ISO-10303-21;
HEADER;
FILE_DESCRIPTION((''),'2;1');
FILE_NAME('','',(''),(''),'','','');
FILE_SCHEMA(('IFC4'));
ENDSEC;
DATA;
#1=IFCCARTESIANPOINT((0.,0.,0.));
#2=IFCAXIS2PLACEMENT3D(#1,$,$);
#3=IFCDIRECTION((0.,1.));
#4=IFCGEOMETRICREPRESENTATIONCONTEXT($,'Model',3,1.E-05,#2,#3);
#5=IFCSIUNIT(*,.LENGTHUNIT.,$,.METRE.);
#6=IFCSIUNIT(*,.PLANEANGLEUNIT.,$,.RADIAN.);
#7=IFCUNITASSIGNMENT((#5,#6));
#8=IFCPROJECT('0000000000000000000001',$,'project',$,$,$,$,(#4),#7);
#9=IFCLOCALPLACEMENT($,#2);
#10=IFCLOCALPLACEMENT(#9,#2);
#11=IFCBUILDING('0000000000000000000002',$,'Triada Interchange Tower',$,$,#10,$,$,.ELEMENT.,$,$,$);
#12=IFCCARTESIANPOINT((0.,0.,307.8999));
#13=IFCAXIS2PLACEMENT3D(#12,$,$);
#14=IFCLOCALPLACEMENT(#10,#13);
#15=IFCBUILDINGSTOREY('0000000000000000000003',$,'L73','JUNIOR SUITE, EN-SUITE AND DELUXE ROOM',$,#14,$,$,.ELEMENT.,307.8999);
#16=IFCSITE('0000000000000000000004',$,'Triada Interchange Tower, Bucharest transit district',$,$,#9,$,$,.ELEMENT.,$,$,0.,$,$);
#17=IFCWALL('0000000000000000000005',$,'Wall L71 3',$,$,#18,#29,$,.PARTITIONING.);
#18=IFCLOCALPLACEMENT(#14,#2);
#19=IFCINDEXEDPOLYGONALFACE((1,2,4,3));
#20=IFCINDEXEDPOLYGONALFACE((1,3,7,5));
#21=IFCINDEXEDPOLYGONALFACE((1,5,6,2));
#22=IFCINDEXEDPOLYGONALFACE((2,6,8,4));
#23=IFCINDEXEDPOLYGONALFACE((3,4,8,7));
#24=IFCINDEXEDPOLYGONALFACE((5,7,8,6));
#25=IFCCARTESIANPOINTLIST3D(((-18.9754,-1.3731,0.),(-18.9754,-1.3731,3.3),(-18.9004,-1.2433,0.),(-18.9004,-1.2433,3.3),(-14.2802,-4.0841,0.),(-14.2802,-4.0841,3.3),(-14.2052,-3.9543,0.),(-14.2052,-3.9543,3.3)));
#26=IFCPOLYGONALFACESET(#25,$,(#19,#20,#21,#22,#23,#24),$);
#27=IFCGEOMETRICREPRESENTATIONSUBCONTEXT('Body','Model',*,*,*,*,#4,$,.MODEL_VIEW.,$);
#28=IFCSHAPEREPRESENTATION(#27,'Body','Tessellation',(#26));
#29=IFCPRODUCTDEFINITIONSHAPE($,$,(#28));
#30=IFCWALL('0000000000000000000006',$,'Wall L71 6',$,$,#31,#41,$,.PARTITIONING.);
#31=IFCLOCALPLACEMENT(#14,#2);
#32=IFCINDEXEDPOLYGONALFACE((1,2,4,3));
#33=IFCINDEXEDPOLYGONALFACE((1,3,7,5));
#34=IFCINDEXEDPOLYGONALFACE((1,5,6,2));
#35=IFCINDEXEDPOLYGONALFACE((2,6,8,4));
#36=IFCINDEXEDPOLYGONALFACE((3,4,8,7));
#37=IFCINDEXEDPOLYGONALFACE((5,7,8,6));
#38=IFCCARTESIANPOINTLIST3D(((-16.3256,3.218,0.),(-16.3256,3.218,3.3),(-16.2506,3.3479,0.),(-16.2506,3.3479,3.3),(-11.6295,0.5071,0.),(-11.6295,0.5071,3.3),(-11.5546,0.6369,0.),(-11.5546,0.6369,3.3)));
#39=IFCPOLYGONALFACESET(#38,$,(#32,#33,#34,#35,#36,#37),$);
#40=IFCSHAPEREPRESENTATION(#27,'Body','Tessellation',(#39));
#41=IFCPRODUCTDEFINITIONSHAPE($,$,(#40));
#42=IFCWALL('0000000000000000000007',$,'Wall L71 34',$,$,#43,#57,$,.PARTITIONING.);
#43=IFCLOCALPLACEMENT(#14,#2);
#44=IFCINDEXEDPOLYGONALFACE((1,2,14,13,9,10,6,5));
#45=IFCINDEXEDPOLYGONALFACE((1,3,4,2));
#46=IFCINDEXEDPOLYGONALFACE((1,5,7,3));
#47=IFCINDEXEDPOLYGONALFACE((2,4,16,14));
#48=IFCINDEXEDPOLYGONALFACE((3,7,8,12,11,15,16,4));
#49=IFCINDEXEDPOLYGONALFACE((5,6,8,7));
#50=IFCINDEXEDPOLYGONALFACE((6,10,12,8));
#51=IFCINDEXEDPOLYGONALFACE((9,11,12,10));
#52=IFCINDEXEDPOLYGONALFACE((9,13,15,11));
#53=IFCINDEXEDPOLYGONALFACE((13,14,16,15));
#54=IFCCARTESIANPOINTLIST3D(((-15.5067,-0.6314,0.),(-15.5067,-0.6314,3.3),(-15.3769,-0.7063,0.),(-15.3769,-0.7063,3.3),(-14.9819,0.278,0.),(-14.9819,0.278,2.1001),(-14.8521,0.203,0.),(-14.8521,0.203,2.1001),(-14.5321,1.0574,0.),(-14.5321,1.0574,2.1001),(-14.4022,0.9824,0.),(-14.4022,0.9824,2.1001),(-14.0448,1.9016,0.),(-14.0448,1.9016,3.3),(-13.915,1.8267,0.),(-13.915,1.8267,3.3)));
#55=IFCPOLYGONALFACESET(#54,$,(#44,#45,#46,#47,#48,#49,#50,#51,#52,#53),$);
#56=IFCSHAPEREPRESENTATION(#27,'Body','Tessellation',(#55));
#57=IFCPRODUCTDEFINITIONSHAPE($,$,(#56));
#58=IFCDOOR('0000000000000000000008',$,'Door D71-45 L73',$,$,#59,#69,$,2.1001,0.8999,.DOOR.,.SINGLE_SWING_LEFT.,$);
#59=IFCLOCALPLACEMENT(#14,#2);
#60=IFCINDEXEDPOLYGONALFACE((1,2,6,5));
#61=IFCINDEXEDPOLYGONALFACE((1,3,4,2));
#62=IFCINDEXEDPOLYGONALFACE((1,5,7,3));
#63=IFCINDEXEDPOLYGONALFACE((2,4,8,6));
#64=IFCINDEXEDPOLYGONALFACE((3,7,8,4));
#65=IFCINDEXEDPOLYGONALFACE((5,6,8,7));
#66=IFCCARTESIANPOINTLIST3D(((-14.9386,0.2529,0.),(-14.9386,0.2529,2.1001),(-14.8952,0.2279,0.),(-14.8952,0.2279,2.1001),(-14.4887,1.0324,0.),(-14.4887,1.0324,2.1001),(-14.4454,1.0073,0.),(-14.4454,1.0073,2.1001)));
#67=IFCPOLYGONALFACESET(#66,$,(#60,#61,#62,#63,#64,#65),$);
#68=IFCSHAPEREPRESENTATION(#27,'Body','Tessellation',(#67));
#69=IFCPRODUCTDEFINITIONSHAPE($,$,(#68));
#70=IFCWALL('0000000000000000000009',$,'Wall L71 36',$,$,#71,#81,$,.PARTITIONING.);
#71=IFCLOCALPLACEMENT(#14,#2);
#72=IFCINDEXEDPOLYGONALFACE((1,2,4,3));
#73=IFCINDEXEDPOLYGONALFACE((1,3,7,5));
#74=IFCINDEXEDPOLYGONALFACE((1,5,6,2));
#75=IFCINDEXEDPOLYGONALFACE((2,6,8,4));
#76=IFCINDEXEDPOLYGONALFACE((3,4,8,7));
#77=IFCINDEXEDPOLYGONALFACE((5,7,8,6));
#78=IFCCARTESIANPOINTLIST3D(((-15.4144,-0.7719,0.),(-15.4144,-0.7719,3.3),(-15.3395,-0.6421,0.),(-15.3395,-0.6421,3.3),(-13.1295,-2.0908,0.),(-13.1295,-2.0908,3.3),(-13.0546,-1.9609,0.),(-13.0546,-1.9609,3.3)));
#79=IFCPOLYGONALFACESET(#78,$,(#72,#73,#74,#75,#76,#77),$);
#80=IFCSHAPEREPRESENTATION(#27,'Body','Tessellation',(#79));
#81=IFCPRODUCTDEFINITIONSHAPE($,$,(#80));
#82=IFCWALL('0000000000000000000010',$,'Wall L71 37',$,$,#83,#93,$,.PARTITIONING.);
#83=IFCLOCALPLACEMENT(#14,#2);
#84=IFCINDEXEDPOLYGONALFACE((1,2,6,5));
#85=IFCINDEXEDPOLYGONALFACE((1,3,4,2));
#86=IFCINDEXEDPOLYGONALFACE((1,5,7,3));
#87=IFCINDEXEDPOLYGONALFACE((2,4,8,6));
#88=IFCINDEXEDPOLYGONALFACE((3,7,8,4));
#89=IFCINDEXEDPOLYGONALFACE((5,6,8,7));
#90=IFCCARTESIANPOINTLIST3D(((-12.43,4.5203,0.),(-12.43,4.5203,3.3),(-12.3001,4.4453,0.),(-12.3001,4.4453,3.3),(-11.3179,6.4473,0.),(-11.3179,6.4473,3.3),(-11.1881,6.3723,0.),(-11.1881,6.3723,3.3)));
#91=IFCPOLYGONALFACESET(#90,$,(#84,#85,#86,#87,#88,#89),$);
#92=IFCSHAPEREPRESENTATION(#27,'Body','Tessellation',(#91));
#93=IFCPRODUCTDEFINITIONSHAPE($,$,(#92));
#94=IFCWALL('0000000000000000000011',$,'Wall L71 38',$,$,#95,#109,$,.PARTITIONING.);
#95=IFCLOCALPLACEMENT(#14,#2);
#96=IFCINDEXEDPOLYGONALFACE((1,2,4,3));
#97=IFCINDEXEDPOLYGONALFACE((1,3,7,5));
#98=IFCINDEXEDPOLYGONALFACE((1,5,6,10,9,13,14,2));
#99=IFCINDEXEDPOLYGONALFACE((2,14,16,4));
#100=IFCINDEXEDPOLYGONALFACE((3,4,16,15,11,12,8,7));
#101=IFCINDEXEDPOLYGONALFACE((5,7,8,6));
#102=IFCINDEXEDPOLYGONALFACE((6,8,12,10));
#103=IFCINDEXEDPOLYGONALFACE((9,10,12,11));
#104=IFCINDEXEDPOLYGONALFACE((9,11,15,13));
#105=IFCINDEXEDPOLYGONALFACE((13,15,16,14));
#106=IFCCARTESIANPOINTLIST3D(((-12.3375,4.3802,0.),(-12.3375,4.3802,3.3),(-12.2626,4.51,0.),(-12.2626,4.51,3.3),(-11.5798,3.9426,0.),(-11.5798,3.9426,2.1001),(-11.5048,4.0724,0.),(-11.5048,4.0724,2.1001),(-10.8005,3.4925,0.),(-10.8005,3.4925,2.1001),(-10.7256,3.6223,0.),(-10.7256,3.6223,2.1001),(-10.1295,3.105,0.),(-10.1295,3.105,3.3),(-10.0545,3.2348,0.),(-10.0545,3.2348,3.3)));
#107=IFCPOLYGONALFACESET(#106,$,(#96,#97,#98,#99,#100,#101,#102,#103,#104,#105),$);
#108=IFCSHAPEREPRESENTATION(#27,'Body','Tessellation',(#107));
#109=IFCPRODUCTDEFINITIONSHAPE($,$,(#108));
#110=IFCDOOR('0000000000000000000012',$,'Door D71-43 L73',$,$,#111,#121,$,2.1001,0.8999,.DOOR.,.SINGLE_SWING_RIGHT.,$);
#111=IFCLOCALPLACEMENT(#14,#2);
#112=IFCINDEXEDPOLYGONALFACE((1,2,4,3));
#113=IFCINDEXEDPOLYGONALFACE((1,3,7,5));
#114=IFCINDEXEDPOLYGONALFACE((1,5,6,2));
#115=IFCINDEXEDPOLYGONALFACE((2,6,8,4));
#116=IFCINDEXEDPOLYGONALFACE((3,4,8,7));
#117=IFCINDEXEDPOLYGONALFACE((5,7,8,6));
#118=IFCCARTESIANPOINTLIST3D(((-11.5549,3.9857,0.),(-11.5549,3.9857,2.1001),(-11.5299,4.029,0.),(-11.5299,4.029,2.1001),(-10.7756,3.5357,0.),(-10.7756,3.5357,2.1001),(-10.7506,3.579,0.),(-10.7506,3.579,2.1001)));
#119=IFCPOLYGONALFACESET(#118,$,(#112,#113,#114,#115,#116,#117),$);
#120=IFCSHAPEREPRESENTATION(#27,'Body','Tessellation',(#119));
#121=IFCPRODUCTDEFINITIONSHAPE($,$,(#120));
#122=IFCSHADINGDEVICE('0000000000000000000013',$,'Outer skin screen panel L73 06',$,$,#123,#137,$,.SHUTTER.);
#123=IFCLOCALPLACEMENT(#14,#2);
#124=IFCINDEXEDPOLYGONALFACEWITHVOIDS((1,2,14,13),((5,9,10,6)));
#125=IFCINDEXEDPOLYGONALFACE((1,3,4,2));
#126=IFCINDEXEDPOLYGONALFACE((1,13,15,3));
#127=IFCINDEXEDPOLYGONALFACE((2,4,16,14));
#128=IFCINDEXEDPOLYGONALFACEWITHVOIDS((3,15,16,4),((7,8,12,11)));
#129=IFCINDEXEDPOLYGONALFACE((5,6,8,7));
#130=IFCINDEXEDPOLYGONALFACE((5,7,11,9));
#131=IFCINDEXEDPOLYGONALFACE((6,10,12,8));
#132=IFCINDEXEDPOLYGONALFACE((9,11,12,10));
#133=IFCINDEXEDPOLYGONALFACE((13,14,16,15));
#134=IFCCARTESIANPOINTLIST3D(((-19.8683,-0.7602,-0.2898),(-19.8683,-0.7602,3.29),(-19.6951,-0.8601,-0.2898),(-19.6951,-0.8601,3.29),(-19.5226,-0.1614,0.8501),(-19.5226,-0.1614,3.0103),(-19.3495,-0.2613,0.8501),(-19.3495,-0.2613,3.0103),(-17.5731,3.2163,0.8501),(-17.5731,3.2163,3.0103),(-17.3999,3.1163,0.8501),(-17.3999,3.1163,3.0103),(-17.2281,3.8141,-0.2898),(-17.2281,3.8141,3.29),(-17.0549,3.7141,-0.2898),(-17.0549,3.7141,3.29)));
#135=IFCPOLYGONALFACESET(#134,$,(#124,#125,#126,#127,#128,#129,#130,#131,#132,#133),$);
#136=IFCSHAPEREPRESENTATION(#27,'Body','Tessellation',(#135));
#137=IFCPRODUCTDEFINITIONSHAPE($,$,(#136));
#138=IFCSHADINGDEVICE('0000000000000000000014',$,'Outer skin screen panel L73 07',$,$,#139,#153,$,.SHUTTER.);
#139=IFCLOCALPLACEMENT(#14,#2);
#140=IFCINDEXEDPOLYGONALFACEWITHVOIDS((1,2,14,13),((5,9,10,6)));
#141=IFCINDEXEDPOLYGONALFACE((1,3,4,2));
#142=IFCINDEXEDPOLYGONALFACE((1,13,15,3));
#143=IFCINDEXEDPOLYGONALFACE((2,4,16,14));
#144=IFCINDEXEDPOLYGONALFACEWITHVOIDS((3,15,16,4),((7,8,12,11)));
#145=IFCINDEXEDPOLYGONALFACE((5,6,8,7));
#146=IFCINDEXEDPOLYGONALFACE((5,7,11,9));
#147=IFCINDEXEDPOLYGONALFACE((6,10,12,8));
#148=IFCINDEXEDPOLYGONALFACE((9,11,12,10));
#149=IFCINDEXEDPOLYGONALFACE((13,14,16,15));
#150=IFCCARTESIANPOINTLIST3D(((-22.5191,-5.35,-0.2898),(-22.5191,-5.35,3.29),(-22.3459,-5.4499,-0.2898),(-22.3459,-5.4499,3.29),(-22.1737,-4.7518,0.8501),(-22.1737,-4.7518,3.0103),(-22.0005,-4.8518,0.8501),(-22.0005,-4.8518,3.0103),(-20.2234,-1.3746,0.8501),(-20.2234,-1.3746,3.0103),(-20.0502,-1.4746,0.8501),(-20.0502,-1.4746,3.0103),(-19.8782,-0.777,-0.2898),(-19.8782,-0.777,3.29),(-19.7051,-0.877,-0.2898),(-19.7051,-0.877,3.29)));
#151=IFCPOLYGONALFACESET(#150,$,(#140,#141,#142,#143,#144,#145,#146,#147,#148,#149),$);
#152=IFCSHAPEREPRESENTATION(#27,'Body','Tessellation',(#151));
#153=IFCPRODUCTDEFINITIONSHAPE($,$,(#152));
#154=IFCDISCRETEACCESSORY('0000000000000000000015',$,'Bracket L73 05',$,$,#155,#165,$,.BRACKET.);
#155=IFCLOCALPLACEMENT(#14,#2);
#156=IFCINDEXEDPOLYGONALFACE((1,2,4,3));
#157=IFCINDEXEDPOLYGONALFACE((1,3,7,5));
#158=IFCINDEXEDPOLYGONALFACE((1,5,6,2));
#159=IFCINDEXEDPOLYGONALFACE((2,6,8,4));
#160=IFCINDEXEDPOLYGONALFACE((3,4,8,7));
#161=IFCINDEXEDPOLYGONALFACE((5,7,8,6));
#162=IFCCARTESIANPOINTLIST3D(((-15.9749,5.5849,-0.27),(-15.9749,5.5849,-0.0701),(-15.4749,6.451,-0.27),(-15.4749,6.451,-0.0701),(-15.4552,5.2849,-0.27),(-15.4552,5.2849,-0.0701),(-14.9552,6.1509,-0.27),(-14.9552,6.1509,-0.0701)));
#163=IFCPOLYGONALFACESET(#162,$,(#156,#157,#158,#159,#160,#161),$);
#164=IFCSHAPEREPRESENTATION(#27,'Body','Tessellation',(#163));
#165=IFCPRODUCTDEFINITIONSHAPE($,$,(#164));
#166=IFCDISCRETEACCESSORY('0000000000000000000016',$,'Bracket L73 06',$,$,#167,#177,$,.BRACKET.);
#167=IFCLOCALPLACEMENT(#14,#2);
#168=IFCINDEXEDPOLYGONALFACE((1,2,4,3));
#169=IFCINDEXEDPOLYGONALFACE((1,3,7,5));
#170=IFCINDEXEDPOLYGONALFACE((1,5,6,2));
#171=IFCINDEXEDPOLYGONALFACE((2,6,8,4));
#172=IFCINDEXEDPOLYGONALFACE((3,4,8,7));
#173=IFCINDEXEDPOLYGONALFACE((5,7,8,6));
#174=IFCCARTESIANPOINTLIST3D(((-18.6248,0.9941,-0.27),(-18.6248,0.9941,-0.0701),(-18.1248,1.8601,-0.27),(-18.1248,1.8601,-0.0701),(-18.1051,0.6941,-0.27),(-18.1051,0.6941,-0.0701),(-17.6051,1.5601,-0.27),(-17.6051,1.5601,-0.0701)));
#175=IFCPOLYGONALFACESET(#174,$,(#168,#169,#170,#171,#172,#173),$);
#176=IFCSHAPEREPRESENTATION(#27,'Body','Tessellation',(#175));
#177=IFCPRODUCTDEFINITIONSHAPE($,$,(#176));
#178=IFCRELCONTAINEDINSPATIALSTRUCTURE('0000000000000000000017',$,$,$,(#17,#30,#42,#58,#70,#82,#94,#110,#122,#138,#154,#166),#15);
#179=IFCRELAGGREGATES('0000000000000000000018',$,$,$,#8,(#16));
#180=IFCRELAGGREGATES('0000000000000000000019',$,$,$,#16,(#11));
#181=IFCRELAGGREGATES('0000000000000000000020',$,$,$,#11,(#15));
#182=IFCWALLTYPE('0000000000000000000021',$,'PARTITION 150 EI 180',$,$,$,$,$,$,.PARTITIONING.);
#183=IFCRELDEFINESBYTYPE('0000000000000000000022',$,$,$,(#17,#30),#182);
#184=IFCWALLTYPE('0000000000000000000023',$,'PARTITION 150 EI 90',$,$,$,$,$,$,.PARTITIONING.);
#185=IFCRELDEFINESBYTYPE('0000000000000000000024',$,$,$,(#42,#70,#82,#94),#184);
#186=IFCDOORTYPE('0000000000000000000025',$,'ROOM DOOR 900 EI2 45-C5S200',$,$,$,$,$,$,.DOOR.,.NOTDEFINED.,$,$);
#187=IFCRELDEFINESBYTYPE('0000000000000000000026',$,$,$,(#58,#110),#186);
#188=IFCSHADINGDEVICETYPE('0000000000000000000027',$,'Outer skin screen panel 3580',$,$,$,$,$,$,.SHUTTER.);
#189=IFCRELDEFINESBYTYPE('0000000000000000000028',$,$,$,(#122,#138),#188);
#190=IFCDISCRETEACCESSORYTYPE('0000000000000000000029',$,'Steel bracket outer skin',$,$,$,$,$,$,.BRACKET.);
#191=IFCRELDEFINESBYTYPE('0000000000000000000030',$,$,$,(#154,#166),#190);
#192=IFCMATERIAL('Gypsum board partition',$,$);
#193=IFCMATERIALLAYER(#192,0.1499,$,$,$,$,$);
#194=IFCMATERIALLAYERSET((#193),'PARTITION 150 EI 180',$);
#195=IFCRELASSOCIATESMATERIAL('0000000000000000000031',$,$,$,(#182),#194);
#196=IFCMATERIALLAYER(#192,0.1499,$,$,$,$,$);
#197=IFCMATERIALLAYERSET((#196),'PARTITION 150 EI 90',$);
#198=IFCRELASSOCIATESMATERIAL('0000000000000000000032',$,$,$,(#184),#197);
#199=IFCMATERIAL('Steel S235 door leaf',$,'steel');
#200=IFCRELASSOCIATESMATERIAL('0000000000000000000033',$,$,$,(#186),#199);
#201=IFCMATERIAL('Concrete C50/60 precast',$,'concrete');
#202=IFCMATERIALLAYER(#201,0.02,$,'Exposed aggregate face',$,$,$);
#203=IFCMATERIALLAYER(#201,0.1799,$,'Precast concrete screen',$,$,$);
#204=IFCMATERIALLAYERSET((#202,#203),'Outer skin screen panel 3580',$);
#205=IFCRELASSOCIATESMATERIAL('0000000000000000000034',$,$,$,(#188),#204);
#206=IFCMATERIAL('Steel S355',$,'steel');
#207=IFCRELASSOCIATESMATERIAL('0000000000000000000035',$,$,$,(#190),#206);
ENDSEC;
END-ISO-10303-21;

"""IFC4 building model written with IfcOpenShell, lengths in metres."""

from ifc_helpers import new_model, si_unit, direction, frame, frame_2d, origin, origin_2d, place, context, subcontext, project, spatial, polyline, rectangle, outline, extrude, material, layer, layer_set, type_object, element, fill, save


model = new_model("IFC4")

# Units and contexts
model_context = context("Model", 3, precision=1e-05, world=origin(), true_north=direction((0.0, 1.0)))
body_context = subcontext(model_context, "Body", "Model", "MODEL_VIEW")
ifc_project = project(units=[si_unit("LENGTHUNIT", "METRE"), si_unit("PLANEANGLEUNIT", "RADIAN")], contexts=[model_context])

# Site, building, storey
site_placement = place(None, origin())
site = spatial("IfcSite", under=ifc_project, at=site_placement, Name="Triada Interchange Tower, Bucharest transit district", CompositionType="ELEMENT", RefElevation=0.0)
building_placement = place(site_placement, origin())
building = spatial("IfcBuilding", under=site, at=building_placement, Name="Triada Interchange Tower", CompositionType="ELEMENT")
storey_placement = place(building_placement, frame((0.0, 0.0, 307.8999)))
storey = spatial("IfcBuildingStorey", under=building, at=storey_placement, Name="L73", Description="JUNIOR SUITE, EN-SUITE AND DELUXE ROOM", CompositionType="ELEMENT", Elevation=307.8999)

# Shared definitions
ifc_material_1 = material(Name="Steel S235 door leaf", Category="steel")

# Walls
ifc_material_2 = material(Name="Gypsum board partition")
ifc_layer_1 = layer(ifc_material_2, 0.1499)
ifc_layer_set_1 = layer_set([ifc_layer_1], Name="PARTITION 150 EI 180")
wall_type_1 = type_object("IfcWallType", Name="PARTITION 150 EI 180", PredefinedType="PARTITIONING", material=ifc_layer_set_1)
wall_1_placement = place(storey_placement, frame((-18.938, -1.3081, 0.0), z_axis=(0.0, 0.0, 1.0), x_axis=(0.866006, -0.500033, 0.0)))
element("IfcWall", 1, at=wall_1_placement, inside=storey, type_object=wall_type_1, Name="Wall L71 3", PredefinedType="PARTITIONING", context=body_context, shape_type="SweptSolid", body=[
    extrude(rectangle(XDim=5.4216, YDim=0.1499, at=frame_2d((2.7109, 0.0))), origin(), (0.0, 0.0, 1.0), 3.3),
])
wall_2_placement = place(storey_placement, frame((-16.2881, 3.283, 0.0), z_axis=(0.0, 0.0, 1.0), x_axis=(0.866051, -0.499955, 0.0)))
element("IfcWall", 2, at=wall_2_placement, inside=storey, type_object=wall_type_1, Name="Wall L71 6", PredefinedType="PARTITIONING", context=body_context, shape_type="SweptSolid", body=[
    extrude(rectangle(XDim=5.4224, YDim=0.1499, at=frame_2d((2.7112, 0.0))), origin(), (0.0, 0.0, 1.0), 3.3),
])

# Wall, opening, door
ifc_layer_2 = layer(ifc_material_2, 0.1499)
ifc_layer_set_2 = layer_set([ifc_layer_2], Name="PARTITION 150 EI 90")
wall_type_2 = type_object("IfcWallType", Name="PARTITION 150 EI 90", PredefinedType="PARTITIONING", material=ifc_layer_set_2)
wall_3_placement = place(storey_placement, frame((-15.4419, -0.6689, 0.0), z_axis=(0.0, 0.0, 1.0), x_axis=(0.499874, 0.866098, 0.0)))
wall_3 = element("IfcWall", 3, at=wall_3_placement, inside=storey, type_object=wall_type_2, Name="Wall L71 34", PredefinedType="PARTITIONING", context=body_context, shape_type="SweptSolid", body=[
    extrude(rectangle(XDim=2.9246, YDim=0.1499, at=frame_2d((1.4624, 0.0))), origin(), (0.0, 0.0, 1.0), 3.3),
])
opening_1_placement = place(wall_3_placement, frame((1.05, 0.0, 0.0)))
opening_1 = element("IfcOpeningElement", 4, at=opening_1_placement, cuts=wall_3, PredefinedType="OPENING", context=body_context, shape_type="SweptSolid", body=[
    extrude(rectangle(XDim=0.8999, YDim=2.1001, at=frame_2d((0.45, 1.05))), frame((0.0, 0.085, 0.0), z_axis=(0.0, -1.0, 0.0), x_axis=(1.0, 0.0, 0.0)), (0.0, 0.0, 1.0), 0.1699),
])
door_type_1 = type_object("IfcDoorType", Name="ROOM DOOR 900 EI2 45-C5S200", OperationType="NOTDEFINED", PredefinedType="DOOR", material=ifc_material_1)
door_1_placement = place(opening_1_placement, origin())
door_1 = element("IfcDoor", 5, at=door_1_placement, inside=storey, type_object=door_type_1, Name="Door D71-45 L73", OperationType="SINGLE_SWING_LEFT", OverallHeight=2.1001, OverallWidth=0.8999, PredefinedType="DOOR", context=body_context, shape_type="SweptSolid", body=[
    extrude(rectangle(XDim=0.8999, YDim=2.1001, at=frame_2d((0.45, 1.05))), frame((0.0, 0.0249, 0.0), z_axis=(0.0, -1.0, 0.0), x_axis=(1.0, 0.0, 0.0)), (0.0, 0.0, 1.0), 0.05),
])
fill(opening_1, door_1)

# Walls
wall_4_placement = place(storey_placement, frame((-15.377, -0.707, 0.0), z_axis=(0.0, 0.0, 1.0), x_axis=(0.866082, -0.499901, 0.0)))
element("IfcWall", 6, at=wall_4_placement, inside=storey, type_object=wall_type_2, Name="Wall L71 36", PredefinedType="PARTITIONING", context=body_context, shape_type="SweptSolid", body=[
    extrude(rectangle(XDim=2.6382, YDim=0.1499, at=frame_2d((1.3191, 0.0))), origin(), (0.0, 0.0, 1.0), 3.3),
])
wall_5_placement = place(storey_placement, frame((-12.365, 4.4829, 0.0), z_axis=(0.0, 0.0, 1.0), x_axis=(0.499833, 0.866122, 0.0)))
element("IfcWall", 7, at=wall_5_placement, inside=storey, type_object=wall_type_2, Name="Wall L71 37", PredefinedType="PARTITIONING", context=body_context, shape_type="SweptSolid", body=[
    extrude(rectangle(XDim=2.2249, YDim=0.1499, at=frame_2d((1.1123, 0.0))), origin(), (0.0, 0.0, 1.0), 3.3),
])

# Wall, opening, door
wall_6_placement = place(storey_placement, frame((-12.3, 4.4451, 0.0), z_axis=(0.0, 0.0, 1.0), x_axis=(0.865966, -0.500104, 0.0)))
wall_6 = element("IfcWall", 8, at=wall_6_placement, inside=storey, type_object=wall_type_2, Name="Wall L71 38", PredefinedType="PARTITIONING", context=body_context, shape_type="SweptSolid", body=[
    extrude(rectangle(XDim=2.5498, YDim=0.1499, at=frame_2d((1.2749, 0.0))), origin(), (0.0, 0.0, 1.0), 3.3),
])
opening_2_placement = place(wall_6_placement, frame((0.875, 0.0, 0.0)))
opening_2 = element("IfcOpeningElement", 9, at=opening_2_placement, cuts=wall_6, PredefinedType="OPENING", context=body_context, shape_type="SweptSolid", body=[
    extrude(rectangle(XDim=0.8999, YDim=2.1001, at=frame_2d((0.45, 1.05))), frame((0.0, 0.085, 0.0), z_axis=(0.0, -1.0, 0.0), x_axis=(1.0, 0.0, 0.0)), (0.0, 0.0, 1.0), 0.1699),
])
door_2_placement = place(opening_2_placement, origin())
door_2 = element("IfcDoor", 10, at=door_2_placement, inside=storey, type_object=door_type_1, Name="Door D71-43 L73", OperationType="SINGLE_SWING_RIGHT", OverallHeight=2.1001, OverallWidth=0.8999, PredefinedType="DOOR", context=body_context, shape_type="SweptSolid", body=[
    extrude(rectangle(XDim=0.8999, YDim=2.1001, at=frame_2d((0.45, 1.05))), frame((0.0, 0.0249, 0.0), z_axis=(0.0, -1.0, 0.0), x_axis=(1.0, 0.0, 0.0)), (0.0, 0.0, 1.0), 0.05),
])
fill(opening_2, door_2)

# Shading devices
ifc_material_3 = material(Name="Concrete C50/60 precast", Category="concrete")
ifc_layer_3 = layer(ifc_material_3, 0.02, Name="Exposed aggregate face")
ifc_layer_4 = layer(ifc_material_3, 0.1799, Name="Precast concrete screen")
ifc_layer_set_3 = layer_set([ifc_layer_3, ifc_layer_4], Name="Outer skin screen panel 3580")
shading_device_type = type_object("IfcShadingDeviceType", Name="Outer skin screen panel 3580", PredefinedType="SHUTTER", material=ifc_layer_set_3)
shading_device_1_placement = place(storey_placement, frame((-17.0549, 3.7141, -0.2898), z_axis=(0.0, 0.0, 1.0), x_axis=(-0.499888, -0.86609, 0.0)))
element("IfcShadingDevice", 11, at=shading_device_1_placement, inside=storey, type_object=shading_device_type, Name="Outer skin screen panel L73 06", PredefinedType="SHUTTER", context=body_context, shape_type="SweptSolid", body=[
    extrude(outline(polyline([(0.0, 0.0), (5.2815, 0.0), (5.2815, 3.5798), (0.0, 3.5798), (0.0, 0.0)]), holes=[polyline([(0.6902, 1.1399), (0.6902, 3.3), (4.5901, 3.3), (4.5901, 1.1399), (0.6902, 1.1399)])]), frame((0.0, 0.0, 0.0), z_axis=(0.0, -1.0, 0.0), x_axis=(1.0, 0.0, 0.0)), (0.0, 0.0, 1.0), 0.2),
])
shading_device_2_placement = place(storey_placement, frame((-19.7051, -0.877, -0.2898), z_axis=(0.0, 0.0, 1.0), x_axis=(-0.500092, -0.865972, 0.0)))
element("IfcShadingDevice", 12, at=shading_device_2_placement, inside=storey, type_object=shading_device_type, Name="Outer skin screen panel L73 07", PredefinedType="SHUTTER", context=body_context, shape_type="SweptSolid", body=[
    extrude(outline(polyline([(0.0, 0.0), (5.2808, 0.0), (5.2808, 3.5798), (0.0, 3.5798), (0.0, 0.0)]), holes=[polyline([(0.6902, 1.1399), (0.6902, 3.3), (4.5901, 3.3), (4.5901, 1.1399), (0.6902, 1.1399)])]), frame((0.0, 0.0, 0.0), z_axis=(0.0, -1.0, 0.0), x_axis=(1.0, 0.0, 0.0)), (0.0, 0.0, 1.0), 0.2),
])

# Discrete accessories
ifc_material_4 = material(Name="Steel S355", Category="steel")
discrete_accessory_type = type_object("IfcDiscreteAccessoryType", Name="Steel bracket outer skin", PredefinedType="BRACKET", material=ifc_material_4)
for number, where, z_axis, x_axis, name in (
    (13, (-15.4651, 5.8679, -0.27), (0.0, 0.0, 1.0), (-0.866027, 0.499997, 0.0), "Bracket L73 05"),
    (14, (-18.115, 1.2771, -0.27), (0.0, 0.0, 1.0), (-0.866027, 0.499997, 0.0), "Bracket L73 06"),
):
    element("IfcDiscreteAccessory", number, at=place(storey_placement, frame(where, z_axis=z_axis, x_axis=x_axis)), inside=storey, type_object=discrete_accessory_type, Name=name, PredefinedType="BRACKET", context=body_context, shape_type="SweptSolid", body=[
        extrude(rectangle(XDim=0.6001, YDim=1.0, at=origin_2d()), origin(), (0.0, 0.0, 1.0), 0.2),
    ])

save(model, "model.ifc")
